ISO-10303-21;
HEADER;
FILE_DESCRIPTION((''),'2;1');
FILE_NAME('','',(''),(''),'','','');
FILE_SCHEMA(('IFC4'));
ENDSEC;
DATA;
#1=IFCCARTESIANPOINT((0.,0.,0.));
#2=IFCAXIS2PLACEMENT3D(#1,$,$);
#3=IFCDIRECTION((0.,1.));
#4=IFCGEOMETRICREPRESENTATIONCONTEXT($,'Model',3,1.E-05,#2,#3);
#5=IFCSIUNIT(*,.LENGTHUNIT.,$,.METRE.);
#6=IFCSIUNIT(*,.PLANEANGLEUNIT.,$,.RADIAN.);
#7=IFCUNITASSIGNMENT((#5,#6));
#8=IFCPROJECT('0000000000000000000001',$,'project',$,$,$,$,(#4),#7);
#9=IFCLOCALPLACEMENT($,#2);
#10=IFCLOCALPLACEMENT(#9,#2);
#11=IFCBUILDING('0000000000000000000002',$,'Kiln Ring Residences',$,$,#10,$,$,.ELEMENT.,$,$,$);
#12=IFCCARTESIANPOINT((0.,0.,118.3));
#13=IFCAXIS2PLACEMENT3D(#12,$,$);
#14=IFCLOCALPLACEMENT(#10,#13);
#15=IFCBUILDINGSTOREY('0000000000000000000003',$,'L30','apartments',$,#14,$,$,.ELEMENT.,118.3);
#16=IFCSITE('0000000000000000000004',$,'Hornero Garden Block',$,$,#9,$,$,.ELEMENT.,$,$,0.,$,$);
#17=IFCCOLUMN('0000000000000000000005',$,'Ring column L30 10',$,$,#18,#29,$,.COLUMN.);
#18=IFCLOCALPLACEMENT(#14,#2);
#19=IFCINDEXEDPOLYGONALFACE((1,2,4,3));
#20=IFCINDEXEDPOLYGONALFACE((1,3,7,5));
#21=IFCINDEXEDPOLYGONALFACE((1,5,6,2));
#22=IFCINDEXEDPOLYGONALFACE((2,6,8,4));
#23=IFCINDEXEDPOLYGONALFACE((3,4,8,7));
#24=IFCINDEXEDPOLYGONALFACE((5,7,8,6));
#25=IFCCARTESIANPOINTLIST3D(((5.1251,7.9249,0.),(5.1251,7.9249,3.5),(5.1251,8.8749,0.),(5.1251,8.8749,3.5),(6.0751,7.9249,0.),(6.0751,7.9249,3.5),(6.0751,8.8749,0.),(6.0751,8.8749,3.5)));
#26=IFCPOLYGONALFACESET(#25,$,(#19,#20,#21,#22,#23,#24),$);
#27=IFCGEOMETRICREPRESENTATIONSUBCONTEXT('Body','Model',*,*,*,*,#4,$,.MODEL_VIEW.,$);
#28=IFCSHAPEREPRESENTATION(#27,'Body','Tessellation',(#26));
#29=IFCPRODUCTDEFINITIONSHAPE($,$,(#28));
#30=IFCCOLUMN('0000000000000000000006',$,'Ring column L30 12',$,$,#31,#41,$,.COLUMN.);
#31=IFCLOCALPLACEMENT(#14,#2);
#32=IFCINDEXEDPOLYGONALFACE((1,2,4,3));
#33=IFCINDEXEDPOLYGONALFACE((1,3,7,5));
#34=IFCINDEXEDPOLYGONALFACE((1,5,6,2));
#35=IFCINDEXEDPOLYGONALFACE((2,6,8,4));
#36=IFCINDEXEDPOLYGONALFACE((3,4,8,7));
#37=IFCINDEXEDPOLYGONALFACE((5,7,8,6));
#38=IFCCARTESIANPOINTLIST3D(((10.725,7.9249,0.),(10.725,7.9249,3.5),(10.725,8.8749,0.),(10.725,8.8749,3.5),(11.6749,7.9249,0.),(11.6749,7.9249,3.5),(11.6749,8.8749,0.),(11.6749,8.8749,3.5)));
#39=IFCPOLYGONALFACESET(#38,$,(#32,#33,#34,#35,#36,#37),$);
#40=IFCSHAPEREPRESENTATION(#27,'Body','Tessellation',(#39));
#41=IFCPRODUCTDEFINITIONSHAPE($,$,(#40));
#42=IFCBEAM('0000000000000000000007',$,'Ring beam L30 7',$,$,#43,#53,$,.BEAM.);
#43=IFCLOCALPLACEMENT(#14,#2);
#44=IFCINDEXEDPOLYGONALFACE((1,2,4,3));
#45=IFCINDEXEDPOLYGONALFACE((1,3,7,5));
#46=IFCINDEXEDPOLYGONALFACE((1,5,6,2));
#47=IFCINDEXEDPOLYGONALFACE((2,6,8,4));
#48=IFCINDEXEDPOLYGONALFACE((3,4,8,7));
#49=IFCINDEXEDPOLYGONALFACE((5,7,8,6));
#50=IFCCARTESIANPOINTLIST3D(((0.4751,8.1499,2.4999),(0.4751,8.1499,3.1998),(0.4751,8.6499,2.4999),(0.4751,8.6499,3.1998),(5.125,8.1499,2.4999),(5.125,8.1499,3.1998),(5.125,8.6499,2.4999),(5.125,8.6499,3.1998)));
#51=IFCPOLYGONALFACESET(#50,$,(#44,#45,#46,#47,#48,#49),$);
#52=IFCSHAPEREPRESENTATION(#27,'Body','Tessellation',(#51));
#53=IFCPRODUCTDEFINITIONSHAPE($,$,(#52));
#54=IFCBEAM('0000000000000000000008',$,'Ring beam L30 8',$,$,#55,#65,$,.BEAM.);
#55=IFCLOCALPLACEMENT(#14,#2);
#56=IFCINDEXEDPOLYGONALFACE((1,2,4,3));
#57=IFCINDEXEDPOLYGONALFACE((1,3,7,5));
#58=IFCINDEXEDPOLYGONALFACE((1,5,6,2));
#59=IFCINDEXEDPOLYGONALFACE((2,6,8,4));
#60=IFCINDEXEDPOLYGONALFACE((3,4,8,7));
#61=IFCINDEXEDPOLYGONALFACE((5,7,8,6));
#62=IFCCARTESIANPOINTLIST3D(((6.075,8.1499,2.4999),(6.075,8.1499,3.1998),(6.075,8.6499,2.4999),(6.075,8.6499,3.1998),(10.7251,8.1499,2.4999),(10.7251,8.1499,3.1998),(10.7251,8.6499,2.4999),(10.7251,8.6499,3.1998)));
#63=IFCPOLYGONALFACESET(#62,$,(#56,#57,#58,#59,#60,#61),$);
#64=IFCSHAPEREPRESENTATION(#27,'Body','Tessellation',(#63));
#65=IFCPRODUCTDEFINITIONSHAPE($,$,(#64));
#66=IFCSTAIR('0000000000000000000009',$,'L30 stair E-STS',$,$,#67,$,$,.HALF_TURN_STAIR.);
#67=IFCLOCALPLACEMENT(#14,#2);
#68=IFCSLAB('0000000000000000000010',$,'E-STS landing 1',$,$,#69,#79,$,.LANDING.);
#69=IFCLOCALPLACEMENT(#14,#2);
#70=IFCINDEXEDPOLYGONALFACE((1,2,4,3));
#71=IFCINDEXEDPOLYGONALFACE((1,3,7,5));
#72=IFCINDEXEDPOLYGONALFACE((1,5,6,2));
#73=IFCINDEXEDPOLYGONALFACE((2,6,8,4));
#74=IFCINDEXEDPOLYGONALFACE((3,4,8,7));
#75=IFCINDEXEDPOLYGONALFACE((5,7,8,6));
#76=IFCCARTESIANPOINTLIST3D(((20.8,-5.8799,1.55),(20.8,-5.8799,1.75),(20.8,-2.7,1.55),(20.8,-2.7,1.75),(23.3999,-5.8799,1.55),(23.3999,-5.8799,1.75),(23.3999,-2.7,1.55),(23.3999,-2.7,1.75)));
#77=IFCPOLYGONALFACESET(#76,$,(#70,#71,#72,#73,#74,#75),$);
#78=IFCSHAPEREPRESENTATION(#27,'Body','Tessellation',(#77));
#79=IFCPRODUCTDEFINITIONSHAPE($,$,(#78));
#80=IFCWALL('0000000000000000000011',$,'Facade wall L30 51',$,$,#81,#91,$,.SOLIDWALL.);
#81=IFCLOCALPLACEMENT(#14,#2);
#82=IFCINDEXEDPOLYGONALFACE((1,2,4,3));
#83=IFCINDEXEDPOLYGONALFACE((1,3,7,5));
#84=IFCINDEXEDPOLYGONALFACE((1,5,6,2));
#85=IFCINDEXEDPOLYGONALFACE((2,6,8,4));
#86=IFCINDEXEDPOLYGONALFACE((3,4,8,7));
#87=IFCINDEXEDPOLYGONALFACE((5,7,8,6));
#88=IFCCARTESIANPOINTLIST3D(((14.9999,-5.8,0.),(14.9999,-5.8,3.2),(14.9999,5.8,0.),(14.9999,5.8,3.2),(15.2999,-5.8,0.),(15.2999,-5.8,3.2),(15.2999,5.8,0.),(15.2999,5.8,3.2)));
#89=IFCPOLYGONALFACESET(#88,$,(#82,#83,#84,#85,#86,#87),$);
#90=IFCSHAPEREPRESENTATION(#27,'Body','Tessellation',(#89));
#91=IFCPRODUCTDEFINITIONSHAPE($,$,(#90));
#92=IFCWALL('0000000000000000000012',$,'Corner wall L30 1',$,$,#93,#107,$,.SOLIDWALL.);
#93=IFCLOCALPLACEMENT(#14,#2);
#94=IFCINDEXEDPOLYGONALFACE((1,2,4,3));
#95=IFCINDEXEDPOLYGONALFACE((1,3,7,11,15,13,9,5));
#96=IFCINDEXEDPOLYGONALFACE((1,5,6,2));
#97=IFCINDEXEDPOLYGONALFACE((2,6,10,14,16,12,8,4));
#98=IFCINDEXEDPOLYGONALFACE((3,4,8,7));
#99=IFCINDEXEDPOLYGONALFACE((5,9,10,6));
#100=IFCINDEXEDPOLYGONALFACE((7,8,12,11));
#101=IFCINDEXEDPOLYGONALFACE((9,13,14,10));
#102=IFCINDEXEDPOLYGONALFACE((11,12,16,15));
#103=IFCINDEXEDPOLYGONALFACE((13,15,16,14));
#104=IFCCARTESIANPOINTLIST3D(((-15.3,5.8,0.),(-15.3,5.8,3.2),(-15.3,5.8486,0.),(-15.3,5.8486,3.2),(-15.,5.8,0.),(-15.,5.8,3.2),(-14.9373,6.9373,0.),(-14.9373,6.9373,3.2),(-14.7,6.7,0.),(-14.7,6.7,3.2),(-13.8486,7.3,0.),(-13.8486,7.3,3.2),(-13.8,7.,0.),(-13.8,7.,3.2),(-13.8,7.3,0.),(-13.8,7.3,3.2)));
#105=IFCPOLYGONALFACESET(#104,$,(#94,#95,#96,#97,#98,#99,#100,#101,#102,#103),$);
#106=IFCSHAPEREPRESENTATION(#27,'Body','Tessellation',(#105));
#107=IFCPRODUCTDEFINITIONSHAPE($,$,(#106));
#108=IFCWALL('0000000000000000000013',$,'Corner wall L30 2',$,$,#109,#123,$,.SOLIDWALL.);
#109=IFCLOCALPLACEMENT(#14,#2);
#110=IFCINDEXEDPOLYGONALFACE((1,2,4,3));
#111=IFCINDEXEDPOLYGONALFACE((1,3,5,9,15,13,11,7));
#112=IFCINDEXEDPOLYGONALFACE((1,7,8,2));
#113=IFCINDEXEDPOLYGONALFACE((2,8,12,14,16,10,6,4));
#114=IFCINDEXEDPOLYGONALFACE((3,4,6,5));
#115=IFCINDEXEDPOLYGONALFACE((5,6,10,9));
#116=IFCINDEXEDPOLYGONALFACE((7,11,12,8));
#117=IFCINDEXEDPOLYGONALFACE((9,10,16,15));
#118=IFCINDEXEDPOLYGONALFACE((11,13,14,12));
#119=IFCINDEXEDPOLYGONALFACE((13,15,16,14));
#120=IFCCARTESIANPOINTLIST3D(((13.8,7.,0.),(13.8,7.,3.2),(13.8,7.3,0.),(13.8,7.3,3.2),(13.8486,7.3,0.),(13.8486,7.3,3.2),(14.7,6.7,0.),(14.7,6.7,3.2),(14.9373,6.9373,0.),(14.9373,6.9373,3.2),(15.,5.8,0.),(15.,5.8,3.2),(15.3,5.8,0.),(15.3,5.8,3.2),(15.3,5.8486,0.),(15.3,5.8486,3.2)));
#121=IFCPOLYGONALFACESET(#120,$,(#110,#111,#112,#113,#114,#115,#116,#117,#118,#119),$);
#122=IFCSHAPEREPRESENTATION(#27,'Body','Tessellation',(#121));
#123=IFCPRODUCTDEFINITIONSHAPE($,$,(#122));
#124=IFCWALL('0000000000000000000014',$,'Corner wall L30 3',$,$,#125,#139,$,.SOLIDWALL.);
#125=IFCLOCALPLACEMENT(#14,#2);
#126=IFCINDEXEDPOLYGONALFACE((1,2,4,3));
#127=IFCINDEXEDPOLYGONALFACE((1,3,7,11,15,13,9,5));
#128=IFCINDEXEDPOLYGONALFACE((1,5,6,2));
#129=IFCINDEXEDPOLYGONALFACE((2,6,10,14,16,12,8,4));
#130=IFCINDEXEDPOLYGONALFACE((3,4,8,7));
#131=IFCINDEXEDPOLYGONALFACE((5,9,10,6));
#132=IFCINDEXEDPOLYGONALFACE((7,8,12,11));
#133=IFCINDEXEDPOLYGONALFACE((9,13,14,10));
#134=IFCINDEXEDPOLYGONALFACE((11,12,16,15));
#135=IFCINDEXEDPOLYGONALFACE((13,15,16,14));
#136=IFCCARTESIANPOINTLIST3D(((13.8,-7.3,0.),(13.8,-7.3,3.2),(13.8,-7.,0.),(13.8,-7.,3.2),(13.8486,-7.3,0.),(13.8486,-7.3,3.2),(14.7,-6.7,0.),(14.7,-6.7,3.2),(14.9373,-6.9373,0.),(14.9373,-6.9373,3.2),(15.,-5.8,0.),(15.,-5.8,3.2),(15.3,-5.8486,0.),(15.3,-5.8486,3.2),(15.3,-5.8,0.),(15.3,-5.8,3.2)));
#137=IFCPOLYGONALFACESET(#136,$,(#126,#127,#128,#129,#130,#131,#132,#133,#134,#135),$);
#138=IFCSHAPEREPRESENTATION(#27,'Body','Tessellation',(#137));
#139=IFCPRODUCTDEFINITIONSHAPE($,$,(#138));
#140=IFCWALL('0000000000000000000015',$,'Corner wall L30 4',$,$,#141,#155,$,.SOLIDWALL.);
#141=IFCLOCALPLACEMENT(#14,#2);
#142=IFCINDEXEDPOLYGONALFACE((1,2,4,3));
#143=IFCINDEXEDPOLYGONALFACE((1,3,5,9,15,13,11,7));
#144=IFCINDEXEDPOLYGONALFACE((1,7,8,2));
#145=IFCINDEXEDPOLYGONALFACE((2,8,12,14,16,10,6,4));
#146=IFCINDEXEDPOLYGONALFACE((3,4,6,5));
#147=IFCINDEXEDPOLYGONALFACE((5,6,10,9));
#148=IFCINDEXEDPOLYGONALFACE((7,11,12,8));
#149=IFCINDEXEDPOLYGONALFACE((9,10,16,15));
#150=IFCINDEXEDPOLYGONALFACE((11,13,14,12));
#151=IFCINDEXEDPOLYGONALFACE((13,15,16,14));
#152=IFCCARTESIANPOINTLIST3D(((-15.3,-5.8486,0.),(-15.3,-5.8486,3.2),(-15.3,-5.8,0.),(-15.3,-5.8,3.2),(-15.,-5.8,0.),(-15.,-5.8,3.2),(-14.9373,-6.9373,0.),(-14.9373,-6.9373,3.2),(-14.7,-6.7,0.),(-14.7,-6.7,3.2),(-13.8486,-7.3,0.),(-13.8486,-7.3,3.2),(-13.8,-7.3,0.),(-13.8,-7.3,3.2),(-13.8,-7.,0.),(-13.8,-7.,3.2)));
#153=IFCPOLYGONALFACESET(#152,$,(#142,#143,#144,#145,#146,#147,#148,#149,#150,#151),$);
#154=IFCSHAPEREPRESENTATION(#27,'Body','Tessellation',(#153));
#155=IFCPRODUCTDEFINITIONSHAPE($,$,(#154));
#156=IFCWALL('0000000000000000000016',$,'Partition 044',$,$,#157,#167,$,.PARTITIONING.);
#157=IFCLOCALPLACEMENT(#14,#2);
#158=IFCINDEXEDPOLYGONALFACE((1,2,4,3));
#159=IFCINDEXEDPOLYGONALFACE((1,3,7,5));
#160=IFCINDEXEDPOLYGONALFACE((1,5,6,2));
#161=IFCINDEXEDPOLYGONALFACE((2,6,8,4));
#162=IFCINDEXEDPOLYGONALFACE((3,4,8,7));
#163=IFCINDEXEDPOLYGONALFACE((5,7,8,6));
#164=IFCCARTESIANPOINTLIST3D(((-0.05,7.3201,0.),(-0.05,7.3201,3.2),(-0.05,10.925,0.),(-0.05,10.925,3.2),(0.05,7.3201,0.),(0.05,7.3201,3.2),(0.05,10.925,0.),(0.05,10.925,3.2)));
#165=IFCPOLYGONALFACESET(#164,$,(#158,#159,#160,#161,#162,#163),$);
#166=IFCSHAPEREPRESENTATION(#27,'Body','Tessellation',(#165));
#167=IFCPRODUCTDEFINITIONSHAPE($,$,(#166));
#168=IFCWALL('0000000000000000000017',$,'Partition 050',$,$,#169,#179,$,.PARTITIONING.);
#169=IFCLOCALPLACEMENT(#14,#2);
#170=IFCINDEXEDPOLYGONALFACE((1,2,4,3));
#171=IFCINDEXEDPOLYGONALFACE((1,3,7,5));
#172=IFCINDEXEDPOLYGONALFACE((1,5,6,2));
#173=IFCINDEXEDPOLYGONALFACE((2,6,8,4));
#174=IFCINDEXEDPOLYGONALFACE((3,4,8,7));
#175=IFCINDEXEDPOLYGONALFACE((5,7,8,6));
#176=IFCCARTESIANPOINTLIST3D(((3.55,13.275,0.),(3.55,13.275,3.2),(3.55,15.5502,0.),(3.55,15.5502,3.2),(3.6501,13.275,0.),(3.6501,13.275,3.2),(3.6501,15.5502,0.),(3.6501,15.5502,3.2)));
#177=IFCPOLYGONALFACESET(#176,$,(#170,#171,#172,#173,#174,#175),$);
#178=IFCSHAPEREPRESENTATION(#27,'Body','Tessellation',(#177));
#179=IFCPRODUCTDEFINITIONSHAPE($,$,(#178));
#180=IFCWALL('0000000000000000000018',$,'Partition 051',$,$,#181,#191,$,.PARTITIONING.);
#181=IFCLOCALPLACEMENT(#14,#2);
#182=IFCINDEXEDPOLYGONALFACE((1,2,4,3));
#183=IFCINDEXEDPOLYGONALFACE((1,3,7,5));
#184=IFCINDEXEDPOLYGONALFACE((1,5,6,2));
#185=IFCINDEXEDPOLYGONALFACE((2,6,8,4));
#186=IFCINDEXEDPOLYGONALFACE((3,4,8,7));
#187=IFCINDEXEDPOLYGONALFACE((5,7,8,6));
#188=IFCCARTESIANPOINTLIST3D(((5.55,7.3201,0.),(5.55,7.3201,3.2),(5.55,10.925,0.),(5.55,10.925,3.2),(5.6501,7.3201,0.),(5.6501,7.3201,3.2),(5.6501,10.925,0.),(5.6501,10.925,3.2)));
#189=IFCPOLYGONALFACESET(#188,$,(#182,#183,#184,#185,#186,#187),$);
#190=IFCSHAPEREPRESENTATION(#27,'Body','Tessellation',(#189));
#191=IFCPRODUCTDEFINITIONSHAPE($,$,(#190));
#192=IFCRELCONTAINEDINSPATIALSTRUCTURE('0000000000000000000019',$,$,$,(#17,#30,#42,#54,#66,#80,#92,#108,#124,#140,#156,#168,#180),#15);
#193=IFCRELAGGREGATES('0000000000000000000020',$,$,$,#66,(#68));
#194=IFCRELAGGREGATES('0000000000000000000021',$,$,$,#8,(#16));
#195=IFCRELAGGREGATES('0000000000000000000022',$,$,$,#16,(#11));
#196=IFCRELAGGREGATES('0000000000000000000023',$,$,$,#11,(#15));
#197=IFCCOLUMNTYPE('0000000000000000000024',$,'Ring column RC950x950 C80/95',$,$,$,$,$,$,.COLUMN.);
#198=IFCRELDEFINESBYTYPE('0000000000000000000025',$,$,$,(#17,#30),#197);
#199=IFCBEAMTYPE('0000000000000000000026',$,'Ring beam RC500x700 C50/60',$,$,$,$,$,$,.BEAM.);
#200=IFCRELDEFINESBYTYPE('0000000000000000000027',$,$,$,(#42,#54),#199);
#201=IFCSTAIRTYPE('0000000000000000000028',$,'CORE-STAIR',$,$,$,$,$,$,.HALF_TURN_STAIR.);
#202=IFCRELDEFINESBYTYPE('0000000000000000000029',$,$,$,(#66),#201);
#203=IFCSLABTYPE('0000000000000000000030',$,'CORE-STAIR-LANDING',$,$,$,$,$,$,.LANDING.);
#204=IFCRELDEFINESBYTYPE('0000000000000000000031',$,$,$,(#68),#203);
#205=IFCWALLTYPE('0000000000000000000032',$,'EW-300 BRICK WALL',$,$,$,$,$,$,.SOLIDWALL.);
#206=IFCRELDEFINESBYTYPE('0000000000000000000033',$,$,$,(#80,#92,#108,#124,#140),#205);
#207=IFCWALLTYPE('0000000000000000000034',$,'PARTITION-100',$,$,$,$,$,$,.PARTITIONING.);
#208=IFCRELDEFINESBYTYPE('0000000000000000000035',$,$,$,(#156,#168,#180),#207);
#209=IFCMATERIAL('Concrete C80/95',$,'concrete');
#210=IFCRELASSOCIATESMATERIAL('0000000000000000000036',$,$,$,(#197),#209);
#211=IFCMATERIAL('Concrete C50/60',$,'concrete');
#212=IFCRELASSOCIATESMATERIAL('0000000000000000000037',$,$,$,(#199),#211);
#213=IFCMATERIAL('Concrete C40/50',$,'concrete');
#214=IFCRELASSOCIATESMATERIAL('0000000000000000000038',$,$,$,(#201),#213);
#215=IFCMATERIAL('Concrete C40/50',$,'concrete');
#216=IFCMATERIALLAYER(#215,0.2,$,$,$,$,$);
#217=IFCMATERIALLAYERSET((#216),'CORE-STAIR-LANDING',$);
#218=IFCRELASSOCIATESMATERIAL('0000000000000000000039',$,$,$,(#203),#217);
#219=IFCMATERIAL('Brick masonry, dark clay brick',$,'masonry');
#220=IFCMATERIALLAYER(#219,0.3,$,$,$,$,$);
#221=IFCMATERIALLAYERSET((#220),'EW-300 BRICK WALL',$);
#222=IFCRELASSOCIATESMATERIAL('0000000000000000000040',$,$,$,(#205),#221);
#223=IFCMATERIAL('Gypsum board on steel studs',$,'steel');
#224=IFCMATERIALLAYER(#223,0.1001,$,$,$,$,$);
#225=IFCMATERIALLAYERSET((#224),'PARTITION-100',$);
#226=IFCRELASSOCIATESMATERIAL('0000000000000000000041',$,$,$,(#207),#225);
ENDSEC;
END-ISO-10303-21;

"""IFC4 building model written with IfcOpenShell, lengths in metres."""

from ifc_helpers import new_model, si_unit, direction, frame, frame_2d, origin, origin_2d, place, context, subcontext, project, spatial, polyline, rectangle, outline, extrude, material, layer, layer_set, material_profile, profile_set, type_object, element, aggregate, save


model = new_model("IFC4")

# Units and contexts
model_context = context("Model", 3, precision=1e-05, world=origin(), true_north=direction((0.0, 1.0)))
body_context = subcontext(model_context, "Body", "Model", "MODEL_VIEW")
ifc_project = project(units=[si_unit("LENGTHUNIT", "METRE"), si_unit("PLANEANGLEUNIT", "RADIAN")], contexts=[model_context])

# Site, building, storey
site_placement = place(None, origin())
site = spatial("IfcSite", under=ifc_project, at=site_placement, Name="Hornero Garden Block", CompositionType="ELEMENT", RefElevation=0.0)
building_placement = place(site_placement, origin())
building = spatial("IfcBuilding", under=site, at=building_placement, Name="Kiln Ring Residences", CompositionType="ELEMENT")
storey_placement = place(building_placement, frame((0.0, 0.0, 118.3)))
storey = spatial("IfcBuildingStorey", under=building, at=storey_placement, Name="L30", Description="apartments", CompositionType="ELEMENT", Elevation=118.3)

# Columns
ifc_material_1 = material(Name="Concrete C80/95", Category="concrete")
ifc_material_profile_1 = material_profile(ifc_material_1, rectangle(XDim=0.95, YDim=0.95, at=origin_2d()), Name="RC950x950")
ifc_profile_set_1 = profile_set([ifc_material_profile_1], Name="Concrete C80/95")
column_type = type_object("IfcColumnType", Name="Ring column RC950x950 C80/95", PredefinedType="COLUMN", material=ifc_profile_set_1)
for number, where, z_axis, x_axis, name in (
    (1, (5.6001, 8.3999, 0.0), (0.0, 0.0, 1.0), (1.0, 0.0, 0.0), "Ring column L30 10"),
    (2, (11.2, 8.3999, 0.0), (0.0, 0.0, 1.0), (1.0, 0.0, 0.0), "Ring column L30 12"),
):
    element("IfcColumn", number, at=place(storey_placement, frame(where, z_axis=z_axis, x_axis=x_axis)), inside=storey, type_object=column_type, Name=name, PredefinedType="COLUMN", context=body_context, shape_type="SweptSolid", body=[
        extrude(rectangle(XDim=0.95, YDim=0.95, at=origin_2d()), origin(), (0.0, 0.0, 1.0), 3.5),
    ])

# Beams
ifc_material_2 = material(Name="Concrete C50/60", Category="concrete")
ifc_material_profile_2 = material_profile(ifc_material_2, rectangle(XDim=0.5, YDim=0.7, at=origin_2d()), Name="RC500x700")
ifc_profile_set_2 = profile_set([ifc_material_profile_2], Name="Concrete C50/60")
beam_type = type_object("IfcBeamType", Name="Ring beam RC500x700 C50/60", PredefinedType="BEAM", material=ifc_profile_set_2)
beam_1_placement = place(storey_placement, frame((0.4751, 8.3999, 2.8499), z_axis=(1.0, 0.0, 0.0), x_axis=(0.0, 1.0, 0.0)))
element("IfcBeam", 3, at=beam_1_placement, inside=storey, type_object=beam_type, Name="Ring beam L30 7", PredefinedType="BEAM", context=body_context, shape_type="SweptSolid", body=[
    extrude(rectangle(XDim=0.5, YDim=0.7, at=origin_2d()), origin(), (0.0, 0.0, 1.0), 4.6499),
])
beam_2_placement = place(storey_placement, frame((6.075, 8.3999, 2.8499), z_axis=(1.0, 0.0, 0.0), x_axis=(0.0, 1.0, 0.0)))
element("IfcBeam", 4, at=beam_2_placement, inside=storey, type_object=beam_type, Name="Ring beam L30 8", PredefinedType="BEAM", context=body_context, shape_type="SweptSolid", body=[
    extrude(rectangle(XDim=0.5, YDim=0.7, at=origin_2d()), origin(), (0.0, 0.0, 1.0), 4.6501),
])

# Stair, slab
ifc_material_3 = material(Name="Concrete C40/50", Category="concrete")
stair_type = type_object("IfcStairType", Name="CORE-STAIR", PredefinedType="HALF_TURN_STAIR", material=ifc_material_3)
placement = place(storey_placement, origin())
stair = element("IfcStair", 5, at=placement, inside=storey, type_object=stair_type, Name="L30 stair E-STS", PredefinedType="HALF_TURN_STAIR")
ifc_material_4 = material(Name="Concrete C40/50", Category="concrete")
ifc_layer_1 = layer(ifc_material_4, 0.2)
ifc_layer_set_1 = layer_set([ifc_layer_1], Name="CORE-STAIR-LANDING")
slab_type = type_object("IfcSlabType", Name="CORE-STAIR-LANDING", PredefinedType="LANDING", material=ifc_layer_set_1)
slab_placement = place(storey_placement, frame((0.0, 0.0, 1.55)))
slab = element("IfcSlab", 6, at=slab_placement, type_object=slab_type, Name="E-STS landing 1", PredefinedType="LANDING", context=body_context, shape_type="SweptSolid", body=[
    extrude(outline(polyline([(23.3999, -5.8799), (23.3999, -2.7), (20.8, -2.7), (20.8, -5.8799), (23.3999, -5.8799)])), origin(), (0.0, 0.0, 1.0), 0.2),
])
aggregate(stair, [slab])

# Walls
ifc_material_5 = material(Name="Brick masonry, dark clay brick", Category="masonry")
ifc_layer_2 = layer(ifc_material_5, 0.3)
ifc_layer_set_2 = layer_set([ifc_layer_2], Name="EW-300 BRICK WALL")
wall_type_1 = type_object("IfcWallType", Name="EW-300 BRICK WALL", PredefinedType="SOLIDWALL", material=ifc_layer_set_2)
wall_1_placement = place(storey_placement, frame((15.1499, 5.8, 0.0), z_axis=(0.0, 0.0, 1.0), x_axis=(0.0, -1.0, 0.0)))
element("IfcWall", 7, at=wall_1_placement, inside=storey, type_object=wall_type_1, Name="Facade wall L30 51", PredefinedType="SOLIDWALL", context=body_context, shape_type="SweptSolid", body=[
    extrude(rectangle(XDim=11.6001, YDim=0.3, at=frame_2d((5.8, 0.0))), origin(), (0.0, 0.0, 1.0), 3.2),
])
element("IfcWall", 8, at=placement, inside=storey, type_object=wall_type_1, Name="Corner wall L30 1", PredefinedType="SOLIDWALL", context=body_context, shape_type="SweptSolid", body=[
    extrude(outline(polyline([(-13.8486, 7.3), (-14.9373, 6.9373), (-15.3, 5.8486), (-15.3, 5.8), (-15.0, 5.8), (-14.7, 6.7), (-13.8, 7.0), (-13.8, 7.3), (-13.8486, 7.3)])), origin(), (0.0, 0.0, 1.0), 3.2),
])
element("IfcWall", 9, at=placement, inside=storey, type_object=wall_type_1, Name="Corner wall L30 2", PredefinedType="SOLIDWALL", context=body_context, shape_type="SweptSolid", body=[
    extrude(outline(polyline([(14.9373, 6.9373), (13.8486, 7.3), (13.8, 7.3), (13.8, 7.0), (14.7, 6.7), (15.0, 5.8), (15.3, 5.8), (15.3, 5.8486), (14.9373, 6.9373)])), origin(), (0.0, 0.0, 1.0), 3.2),
])
element("IfcWall", 10, at=placement, inside=storey, type_object=wall_type_1, Name="Corner wall L30 3", PredefinedType="SOLIDWALL", context=body_context, shape_type="SweptSolid", body=[
    extrude(outline(polyline([(14.9373, -6.9373), (15.3, -5.8486), (15.3, -5.8), (15.0, -5.8), (14.7, -6.7), (13.8, -7.0), (13.8, -7.3), (13.8486, -7.3), (14.9373, -6.9373)])), origin(), (0.0, 0.0, 1.0), 3.2),
])
element("IfcWall", 11, at=placement, inside=storey, type_object=wall_type_1, Name="Corner wall L30 4", PredefinedType="SOLIDWALL", context=body_context, shape_type="SweptSolid", body=[
    extrude(outline(polyline([(-14.9373, -6.9373), (-13.8486, -7.3), (-13.8, -7.3), (-13.8, -7.0), (-14.7, -6.7), (-15.0, -5.8), (-15.3, -5.8), (-15.3, -5.8486), (-14.9373, -6.9373)])), origin(), (0.0, 0.0, 1.0), 3.2),
])
ifc_material_6 = material(Name="Gypsum board on steel studs", Category="steel")
ifc_layer_3 = layer(ifc_material_6, 0.1001)
ifc_layer_set_3 = layer_set([ifc_layer_3], Name="PARTITION-100")
wall_type_2 = type_object("IfcWallType", Name="PARTITION-100", PredefinedType="PARTITIONING", material=ifc_layer_set_3)
wall_2_placement = place(storey_placement, frame((0.0, 7.3201, 0.0), z_axis=(0.0, 0.0, 1.0), x_axis=(0.0, 1.0, 0.0)))
element("IfcWall", 12, at=wall_2_placement, inside=storey, type_object=wall_type_2, Name="Partition 044", PredefinedType="PARTITIONING", context=body_context, shape_type="SweptSolid", body=[
    extrude(rectangle(XDim=3.605, YDim=0.1001, at=frame_2d((1.8025, 0.0))), origin(), (0.0, 0.0, 1.0), 3.2),
])
wall_3_placement = place(storey_placement, frame((3.6001, 13.2749, 0.0), z_axis=(0.0, 0.0, 1.0), x_axis=(0.0, 1.0, 0.0)))
element("IfcWall", 13, at=wall_3_placement, inside=storey, type_object=wall_type_2, Name="Partition 050", PredefinedType="PARTITIONING", context=body_context, shape_type="SweptSolid", body=[
    extrude(rectangle(XDim=2.2751, YDim=0.1001, at=frame_2d((1.1377, 0.0))), origin(), (0.0, 0.0, 1.0), 3.2),
])
wall_4_placement = place(storey_placement, frame((5.6001, 7.3201, 0.0), z_axis=(0.0, 0.0, 1.0), x_axis=(0.0, 1.0, 0.0)))
element("IfcWall", 14, at=wall_4_placement, inside=storey, type_object=wall_type_2, Name="Partition 051", PredefinedType="PARTITIONING", context=body_context, shape_type="SweptSolid", body=[
    extrude(rectangle(XDim=3.605, YDim=0.1001, at=frame_2d((1.8025, 0.0))), origin(), (0.0, 0.0, 1.0), 3.2),
])

save(model, "model.ifc")
